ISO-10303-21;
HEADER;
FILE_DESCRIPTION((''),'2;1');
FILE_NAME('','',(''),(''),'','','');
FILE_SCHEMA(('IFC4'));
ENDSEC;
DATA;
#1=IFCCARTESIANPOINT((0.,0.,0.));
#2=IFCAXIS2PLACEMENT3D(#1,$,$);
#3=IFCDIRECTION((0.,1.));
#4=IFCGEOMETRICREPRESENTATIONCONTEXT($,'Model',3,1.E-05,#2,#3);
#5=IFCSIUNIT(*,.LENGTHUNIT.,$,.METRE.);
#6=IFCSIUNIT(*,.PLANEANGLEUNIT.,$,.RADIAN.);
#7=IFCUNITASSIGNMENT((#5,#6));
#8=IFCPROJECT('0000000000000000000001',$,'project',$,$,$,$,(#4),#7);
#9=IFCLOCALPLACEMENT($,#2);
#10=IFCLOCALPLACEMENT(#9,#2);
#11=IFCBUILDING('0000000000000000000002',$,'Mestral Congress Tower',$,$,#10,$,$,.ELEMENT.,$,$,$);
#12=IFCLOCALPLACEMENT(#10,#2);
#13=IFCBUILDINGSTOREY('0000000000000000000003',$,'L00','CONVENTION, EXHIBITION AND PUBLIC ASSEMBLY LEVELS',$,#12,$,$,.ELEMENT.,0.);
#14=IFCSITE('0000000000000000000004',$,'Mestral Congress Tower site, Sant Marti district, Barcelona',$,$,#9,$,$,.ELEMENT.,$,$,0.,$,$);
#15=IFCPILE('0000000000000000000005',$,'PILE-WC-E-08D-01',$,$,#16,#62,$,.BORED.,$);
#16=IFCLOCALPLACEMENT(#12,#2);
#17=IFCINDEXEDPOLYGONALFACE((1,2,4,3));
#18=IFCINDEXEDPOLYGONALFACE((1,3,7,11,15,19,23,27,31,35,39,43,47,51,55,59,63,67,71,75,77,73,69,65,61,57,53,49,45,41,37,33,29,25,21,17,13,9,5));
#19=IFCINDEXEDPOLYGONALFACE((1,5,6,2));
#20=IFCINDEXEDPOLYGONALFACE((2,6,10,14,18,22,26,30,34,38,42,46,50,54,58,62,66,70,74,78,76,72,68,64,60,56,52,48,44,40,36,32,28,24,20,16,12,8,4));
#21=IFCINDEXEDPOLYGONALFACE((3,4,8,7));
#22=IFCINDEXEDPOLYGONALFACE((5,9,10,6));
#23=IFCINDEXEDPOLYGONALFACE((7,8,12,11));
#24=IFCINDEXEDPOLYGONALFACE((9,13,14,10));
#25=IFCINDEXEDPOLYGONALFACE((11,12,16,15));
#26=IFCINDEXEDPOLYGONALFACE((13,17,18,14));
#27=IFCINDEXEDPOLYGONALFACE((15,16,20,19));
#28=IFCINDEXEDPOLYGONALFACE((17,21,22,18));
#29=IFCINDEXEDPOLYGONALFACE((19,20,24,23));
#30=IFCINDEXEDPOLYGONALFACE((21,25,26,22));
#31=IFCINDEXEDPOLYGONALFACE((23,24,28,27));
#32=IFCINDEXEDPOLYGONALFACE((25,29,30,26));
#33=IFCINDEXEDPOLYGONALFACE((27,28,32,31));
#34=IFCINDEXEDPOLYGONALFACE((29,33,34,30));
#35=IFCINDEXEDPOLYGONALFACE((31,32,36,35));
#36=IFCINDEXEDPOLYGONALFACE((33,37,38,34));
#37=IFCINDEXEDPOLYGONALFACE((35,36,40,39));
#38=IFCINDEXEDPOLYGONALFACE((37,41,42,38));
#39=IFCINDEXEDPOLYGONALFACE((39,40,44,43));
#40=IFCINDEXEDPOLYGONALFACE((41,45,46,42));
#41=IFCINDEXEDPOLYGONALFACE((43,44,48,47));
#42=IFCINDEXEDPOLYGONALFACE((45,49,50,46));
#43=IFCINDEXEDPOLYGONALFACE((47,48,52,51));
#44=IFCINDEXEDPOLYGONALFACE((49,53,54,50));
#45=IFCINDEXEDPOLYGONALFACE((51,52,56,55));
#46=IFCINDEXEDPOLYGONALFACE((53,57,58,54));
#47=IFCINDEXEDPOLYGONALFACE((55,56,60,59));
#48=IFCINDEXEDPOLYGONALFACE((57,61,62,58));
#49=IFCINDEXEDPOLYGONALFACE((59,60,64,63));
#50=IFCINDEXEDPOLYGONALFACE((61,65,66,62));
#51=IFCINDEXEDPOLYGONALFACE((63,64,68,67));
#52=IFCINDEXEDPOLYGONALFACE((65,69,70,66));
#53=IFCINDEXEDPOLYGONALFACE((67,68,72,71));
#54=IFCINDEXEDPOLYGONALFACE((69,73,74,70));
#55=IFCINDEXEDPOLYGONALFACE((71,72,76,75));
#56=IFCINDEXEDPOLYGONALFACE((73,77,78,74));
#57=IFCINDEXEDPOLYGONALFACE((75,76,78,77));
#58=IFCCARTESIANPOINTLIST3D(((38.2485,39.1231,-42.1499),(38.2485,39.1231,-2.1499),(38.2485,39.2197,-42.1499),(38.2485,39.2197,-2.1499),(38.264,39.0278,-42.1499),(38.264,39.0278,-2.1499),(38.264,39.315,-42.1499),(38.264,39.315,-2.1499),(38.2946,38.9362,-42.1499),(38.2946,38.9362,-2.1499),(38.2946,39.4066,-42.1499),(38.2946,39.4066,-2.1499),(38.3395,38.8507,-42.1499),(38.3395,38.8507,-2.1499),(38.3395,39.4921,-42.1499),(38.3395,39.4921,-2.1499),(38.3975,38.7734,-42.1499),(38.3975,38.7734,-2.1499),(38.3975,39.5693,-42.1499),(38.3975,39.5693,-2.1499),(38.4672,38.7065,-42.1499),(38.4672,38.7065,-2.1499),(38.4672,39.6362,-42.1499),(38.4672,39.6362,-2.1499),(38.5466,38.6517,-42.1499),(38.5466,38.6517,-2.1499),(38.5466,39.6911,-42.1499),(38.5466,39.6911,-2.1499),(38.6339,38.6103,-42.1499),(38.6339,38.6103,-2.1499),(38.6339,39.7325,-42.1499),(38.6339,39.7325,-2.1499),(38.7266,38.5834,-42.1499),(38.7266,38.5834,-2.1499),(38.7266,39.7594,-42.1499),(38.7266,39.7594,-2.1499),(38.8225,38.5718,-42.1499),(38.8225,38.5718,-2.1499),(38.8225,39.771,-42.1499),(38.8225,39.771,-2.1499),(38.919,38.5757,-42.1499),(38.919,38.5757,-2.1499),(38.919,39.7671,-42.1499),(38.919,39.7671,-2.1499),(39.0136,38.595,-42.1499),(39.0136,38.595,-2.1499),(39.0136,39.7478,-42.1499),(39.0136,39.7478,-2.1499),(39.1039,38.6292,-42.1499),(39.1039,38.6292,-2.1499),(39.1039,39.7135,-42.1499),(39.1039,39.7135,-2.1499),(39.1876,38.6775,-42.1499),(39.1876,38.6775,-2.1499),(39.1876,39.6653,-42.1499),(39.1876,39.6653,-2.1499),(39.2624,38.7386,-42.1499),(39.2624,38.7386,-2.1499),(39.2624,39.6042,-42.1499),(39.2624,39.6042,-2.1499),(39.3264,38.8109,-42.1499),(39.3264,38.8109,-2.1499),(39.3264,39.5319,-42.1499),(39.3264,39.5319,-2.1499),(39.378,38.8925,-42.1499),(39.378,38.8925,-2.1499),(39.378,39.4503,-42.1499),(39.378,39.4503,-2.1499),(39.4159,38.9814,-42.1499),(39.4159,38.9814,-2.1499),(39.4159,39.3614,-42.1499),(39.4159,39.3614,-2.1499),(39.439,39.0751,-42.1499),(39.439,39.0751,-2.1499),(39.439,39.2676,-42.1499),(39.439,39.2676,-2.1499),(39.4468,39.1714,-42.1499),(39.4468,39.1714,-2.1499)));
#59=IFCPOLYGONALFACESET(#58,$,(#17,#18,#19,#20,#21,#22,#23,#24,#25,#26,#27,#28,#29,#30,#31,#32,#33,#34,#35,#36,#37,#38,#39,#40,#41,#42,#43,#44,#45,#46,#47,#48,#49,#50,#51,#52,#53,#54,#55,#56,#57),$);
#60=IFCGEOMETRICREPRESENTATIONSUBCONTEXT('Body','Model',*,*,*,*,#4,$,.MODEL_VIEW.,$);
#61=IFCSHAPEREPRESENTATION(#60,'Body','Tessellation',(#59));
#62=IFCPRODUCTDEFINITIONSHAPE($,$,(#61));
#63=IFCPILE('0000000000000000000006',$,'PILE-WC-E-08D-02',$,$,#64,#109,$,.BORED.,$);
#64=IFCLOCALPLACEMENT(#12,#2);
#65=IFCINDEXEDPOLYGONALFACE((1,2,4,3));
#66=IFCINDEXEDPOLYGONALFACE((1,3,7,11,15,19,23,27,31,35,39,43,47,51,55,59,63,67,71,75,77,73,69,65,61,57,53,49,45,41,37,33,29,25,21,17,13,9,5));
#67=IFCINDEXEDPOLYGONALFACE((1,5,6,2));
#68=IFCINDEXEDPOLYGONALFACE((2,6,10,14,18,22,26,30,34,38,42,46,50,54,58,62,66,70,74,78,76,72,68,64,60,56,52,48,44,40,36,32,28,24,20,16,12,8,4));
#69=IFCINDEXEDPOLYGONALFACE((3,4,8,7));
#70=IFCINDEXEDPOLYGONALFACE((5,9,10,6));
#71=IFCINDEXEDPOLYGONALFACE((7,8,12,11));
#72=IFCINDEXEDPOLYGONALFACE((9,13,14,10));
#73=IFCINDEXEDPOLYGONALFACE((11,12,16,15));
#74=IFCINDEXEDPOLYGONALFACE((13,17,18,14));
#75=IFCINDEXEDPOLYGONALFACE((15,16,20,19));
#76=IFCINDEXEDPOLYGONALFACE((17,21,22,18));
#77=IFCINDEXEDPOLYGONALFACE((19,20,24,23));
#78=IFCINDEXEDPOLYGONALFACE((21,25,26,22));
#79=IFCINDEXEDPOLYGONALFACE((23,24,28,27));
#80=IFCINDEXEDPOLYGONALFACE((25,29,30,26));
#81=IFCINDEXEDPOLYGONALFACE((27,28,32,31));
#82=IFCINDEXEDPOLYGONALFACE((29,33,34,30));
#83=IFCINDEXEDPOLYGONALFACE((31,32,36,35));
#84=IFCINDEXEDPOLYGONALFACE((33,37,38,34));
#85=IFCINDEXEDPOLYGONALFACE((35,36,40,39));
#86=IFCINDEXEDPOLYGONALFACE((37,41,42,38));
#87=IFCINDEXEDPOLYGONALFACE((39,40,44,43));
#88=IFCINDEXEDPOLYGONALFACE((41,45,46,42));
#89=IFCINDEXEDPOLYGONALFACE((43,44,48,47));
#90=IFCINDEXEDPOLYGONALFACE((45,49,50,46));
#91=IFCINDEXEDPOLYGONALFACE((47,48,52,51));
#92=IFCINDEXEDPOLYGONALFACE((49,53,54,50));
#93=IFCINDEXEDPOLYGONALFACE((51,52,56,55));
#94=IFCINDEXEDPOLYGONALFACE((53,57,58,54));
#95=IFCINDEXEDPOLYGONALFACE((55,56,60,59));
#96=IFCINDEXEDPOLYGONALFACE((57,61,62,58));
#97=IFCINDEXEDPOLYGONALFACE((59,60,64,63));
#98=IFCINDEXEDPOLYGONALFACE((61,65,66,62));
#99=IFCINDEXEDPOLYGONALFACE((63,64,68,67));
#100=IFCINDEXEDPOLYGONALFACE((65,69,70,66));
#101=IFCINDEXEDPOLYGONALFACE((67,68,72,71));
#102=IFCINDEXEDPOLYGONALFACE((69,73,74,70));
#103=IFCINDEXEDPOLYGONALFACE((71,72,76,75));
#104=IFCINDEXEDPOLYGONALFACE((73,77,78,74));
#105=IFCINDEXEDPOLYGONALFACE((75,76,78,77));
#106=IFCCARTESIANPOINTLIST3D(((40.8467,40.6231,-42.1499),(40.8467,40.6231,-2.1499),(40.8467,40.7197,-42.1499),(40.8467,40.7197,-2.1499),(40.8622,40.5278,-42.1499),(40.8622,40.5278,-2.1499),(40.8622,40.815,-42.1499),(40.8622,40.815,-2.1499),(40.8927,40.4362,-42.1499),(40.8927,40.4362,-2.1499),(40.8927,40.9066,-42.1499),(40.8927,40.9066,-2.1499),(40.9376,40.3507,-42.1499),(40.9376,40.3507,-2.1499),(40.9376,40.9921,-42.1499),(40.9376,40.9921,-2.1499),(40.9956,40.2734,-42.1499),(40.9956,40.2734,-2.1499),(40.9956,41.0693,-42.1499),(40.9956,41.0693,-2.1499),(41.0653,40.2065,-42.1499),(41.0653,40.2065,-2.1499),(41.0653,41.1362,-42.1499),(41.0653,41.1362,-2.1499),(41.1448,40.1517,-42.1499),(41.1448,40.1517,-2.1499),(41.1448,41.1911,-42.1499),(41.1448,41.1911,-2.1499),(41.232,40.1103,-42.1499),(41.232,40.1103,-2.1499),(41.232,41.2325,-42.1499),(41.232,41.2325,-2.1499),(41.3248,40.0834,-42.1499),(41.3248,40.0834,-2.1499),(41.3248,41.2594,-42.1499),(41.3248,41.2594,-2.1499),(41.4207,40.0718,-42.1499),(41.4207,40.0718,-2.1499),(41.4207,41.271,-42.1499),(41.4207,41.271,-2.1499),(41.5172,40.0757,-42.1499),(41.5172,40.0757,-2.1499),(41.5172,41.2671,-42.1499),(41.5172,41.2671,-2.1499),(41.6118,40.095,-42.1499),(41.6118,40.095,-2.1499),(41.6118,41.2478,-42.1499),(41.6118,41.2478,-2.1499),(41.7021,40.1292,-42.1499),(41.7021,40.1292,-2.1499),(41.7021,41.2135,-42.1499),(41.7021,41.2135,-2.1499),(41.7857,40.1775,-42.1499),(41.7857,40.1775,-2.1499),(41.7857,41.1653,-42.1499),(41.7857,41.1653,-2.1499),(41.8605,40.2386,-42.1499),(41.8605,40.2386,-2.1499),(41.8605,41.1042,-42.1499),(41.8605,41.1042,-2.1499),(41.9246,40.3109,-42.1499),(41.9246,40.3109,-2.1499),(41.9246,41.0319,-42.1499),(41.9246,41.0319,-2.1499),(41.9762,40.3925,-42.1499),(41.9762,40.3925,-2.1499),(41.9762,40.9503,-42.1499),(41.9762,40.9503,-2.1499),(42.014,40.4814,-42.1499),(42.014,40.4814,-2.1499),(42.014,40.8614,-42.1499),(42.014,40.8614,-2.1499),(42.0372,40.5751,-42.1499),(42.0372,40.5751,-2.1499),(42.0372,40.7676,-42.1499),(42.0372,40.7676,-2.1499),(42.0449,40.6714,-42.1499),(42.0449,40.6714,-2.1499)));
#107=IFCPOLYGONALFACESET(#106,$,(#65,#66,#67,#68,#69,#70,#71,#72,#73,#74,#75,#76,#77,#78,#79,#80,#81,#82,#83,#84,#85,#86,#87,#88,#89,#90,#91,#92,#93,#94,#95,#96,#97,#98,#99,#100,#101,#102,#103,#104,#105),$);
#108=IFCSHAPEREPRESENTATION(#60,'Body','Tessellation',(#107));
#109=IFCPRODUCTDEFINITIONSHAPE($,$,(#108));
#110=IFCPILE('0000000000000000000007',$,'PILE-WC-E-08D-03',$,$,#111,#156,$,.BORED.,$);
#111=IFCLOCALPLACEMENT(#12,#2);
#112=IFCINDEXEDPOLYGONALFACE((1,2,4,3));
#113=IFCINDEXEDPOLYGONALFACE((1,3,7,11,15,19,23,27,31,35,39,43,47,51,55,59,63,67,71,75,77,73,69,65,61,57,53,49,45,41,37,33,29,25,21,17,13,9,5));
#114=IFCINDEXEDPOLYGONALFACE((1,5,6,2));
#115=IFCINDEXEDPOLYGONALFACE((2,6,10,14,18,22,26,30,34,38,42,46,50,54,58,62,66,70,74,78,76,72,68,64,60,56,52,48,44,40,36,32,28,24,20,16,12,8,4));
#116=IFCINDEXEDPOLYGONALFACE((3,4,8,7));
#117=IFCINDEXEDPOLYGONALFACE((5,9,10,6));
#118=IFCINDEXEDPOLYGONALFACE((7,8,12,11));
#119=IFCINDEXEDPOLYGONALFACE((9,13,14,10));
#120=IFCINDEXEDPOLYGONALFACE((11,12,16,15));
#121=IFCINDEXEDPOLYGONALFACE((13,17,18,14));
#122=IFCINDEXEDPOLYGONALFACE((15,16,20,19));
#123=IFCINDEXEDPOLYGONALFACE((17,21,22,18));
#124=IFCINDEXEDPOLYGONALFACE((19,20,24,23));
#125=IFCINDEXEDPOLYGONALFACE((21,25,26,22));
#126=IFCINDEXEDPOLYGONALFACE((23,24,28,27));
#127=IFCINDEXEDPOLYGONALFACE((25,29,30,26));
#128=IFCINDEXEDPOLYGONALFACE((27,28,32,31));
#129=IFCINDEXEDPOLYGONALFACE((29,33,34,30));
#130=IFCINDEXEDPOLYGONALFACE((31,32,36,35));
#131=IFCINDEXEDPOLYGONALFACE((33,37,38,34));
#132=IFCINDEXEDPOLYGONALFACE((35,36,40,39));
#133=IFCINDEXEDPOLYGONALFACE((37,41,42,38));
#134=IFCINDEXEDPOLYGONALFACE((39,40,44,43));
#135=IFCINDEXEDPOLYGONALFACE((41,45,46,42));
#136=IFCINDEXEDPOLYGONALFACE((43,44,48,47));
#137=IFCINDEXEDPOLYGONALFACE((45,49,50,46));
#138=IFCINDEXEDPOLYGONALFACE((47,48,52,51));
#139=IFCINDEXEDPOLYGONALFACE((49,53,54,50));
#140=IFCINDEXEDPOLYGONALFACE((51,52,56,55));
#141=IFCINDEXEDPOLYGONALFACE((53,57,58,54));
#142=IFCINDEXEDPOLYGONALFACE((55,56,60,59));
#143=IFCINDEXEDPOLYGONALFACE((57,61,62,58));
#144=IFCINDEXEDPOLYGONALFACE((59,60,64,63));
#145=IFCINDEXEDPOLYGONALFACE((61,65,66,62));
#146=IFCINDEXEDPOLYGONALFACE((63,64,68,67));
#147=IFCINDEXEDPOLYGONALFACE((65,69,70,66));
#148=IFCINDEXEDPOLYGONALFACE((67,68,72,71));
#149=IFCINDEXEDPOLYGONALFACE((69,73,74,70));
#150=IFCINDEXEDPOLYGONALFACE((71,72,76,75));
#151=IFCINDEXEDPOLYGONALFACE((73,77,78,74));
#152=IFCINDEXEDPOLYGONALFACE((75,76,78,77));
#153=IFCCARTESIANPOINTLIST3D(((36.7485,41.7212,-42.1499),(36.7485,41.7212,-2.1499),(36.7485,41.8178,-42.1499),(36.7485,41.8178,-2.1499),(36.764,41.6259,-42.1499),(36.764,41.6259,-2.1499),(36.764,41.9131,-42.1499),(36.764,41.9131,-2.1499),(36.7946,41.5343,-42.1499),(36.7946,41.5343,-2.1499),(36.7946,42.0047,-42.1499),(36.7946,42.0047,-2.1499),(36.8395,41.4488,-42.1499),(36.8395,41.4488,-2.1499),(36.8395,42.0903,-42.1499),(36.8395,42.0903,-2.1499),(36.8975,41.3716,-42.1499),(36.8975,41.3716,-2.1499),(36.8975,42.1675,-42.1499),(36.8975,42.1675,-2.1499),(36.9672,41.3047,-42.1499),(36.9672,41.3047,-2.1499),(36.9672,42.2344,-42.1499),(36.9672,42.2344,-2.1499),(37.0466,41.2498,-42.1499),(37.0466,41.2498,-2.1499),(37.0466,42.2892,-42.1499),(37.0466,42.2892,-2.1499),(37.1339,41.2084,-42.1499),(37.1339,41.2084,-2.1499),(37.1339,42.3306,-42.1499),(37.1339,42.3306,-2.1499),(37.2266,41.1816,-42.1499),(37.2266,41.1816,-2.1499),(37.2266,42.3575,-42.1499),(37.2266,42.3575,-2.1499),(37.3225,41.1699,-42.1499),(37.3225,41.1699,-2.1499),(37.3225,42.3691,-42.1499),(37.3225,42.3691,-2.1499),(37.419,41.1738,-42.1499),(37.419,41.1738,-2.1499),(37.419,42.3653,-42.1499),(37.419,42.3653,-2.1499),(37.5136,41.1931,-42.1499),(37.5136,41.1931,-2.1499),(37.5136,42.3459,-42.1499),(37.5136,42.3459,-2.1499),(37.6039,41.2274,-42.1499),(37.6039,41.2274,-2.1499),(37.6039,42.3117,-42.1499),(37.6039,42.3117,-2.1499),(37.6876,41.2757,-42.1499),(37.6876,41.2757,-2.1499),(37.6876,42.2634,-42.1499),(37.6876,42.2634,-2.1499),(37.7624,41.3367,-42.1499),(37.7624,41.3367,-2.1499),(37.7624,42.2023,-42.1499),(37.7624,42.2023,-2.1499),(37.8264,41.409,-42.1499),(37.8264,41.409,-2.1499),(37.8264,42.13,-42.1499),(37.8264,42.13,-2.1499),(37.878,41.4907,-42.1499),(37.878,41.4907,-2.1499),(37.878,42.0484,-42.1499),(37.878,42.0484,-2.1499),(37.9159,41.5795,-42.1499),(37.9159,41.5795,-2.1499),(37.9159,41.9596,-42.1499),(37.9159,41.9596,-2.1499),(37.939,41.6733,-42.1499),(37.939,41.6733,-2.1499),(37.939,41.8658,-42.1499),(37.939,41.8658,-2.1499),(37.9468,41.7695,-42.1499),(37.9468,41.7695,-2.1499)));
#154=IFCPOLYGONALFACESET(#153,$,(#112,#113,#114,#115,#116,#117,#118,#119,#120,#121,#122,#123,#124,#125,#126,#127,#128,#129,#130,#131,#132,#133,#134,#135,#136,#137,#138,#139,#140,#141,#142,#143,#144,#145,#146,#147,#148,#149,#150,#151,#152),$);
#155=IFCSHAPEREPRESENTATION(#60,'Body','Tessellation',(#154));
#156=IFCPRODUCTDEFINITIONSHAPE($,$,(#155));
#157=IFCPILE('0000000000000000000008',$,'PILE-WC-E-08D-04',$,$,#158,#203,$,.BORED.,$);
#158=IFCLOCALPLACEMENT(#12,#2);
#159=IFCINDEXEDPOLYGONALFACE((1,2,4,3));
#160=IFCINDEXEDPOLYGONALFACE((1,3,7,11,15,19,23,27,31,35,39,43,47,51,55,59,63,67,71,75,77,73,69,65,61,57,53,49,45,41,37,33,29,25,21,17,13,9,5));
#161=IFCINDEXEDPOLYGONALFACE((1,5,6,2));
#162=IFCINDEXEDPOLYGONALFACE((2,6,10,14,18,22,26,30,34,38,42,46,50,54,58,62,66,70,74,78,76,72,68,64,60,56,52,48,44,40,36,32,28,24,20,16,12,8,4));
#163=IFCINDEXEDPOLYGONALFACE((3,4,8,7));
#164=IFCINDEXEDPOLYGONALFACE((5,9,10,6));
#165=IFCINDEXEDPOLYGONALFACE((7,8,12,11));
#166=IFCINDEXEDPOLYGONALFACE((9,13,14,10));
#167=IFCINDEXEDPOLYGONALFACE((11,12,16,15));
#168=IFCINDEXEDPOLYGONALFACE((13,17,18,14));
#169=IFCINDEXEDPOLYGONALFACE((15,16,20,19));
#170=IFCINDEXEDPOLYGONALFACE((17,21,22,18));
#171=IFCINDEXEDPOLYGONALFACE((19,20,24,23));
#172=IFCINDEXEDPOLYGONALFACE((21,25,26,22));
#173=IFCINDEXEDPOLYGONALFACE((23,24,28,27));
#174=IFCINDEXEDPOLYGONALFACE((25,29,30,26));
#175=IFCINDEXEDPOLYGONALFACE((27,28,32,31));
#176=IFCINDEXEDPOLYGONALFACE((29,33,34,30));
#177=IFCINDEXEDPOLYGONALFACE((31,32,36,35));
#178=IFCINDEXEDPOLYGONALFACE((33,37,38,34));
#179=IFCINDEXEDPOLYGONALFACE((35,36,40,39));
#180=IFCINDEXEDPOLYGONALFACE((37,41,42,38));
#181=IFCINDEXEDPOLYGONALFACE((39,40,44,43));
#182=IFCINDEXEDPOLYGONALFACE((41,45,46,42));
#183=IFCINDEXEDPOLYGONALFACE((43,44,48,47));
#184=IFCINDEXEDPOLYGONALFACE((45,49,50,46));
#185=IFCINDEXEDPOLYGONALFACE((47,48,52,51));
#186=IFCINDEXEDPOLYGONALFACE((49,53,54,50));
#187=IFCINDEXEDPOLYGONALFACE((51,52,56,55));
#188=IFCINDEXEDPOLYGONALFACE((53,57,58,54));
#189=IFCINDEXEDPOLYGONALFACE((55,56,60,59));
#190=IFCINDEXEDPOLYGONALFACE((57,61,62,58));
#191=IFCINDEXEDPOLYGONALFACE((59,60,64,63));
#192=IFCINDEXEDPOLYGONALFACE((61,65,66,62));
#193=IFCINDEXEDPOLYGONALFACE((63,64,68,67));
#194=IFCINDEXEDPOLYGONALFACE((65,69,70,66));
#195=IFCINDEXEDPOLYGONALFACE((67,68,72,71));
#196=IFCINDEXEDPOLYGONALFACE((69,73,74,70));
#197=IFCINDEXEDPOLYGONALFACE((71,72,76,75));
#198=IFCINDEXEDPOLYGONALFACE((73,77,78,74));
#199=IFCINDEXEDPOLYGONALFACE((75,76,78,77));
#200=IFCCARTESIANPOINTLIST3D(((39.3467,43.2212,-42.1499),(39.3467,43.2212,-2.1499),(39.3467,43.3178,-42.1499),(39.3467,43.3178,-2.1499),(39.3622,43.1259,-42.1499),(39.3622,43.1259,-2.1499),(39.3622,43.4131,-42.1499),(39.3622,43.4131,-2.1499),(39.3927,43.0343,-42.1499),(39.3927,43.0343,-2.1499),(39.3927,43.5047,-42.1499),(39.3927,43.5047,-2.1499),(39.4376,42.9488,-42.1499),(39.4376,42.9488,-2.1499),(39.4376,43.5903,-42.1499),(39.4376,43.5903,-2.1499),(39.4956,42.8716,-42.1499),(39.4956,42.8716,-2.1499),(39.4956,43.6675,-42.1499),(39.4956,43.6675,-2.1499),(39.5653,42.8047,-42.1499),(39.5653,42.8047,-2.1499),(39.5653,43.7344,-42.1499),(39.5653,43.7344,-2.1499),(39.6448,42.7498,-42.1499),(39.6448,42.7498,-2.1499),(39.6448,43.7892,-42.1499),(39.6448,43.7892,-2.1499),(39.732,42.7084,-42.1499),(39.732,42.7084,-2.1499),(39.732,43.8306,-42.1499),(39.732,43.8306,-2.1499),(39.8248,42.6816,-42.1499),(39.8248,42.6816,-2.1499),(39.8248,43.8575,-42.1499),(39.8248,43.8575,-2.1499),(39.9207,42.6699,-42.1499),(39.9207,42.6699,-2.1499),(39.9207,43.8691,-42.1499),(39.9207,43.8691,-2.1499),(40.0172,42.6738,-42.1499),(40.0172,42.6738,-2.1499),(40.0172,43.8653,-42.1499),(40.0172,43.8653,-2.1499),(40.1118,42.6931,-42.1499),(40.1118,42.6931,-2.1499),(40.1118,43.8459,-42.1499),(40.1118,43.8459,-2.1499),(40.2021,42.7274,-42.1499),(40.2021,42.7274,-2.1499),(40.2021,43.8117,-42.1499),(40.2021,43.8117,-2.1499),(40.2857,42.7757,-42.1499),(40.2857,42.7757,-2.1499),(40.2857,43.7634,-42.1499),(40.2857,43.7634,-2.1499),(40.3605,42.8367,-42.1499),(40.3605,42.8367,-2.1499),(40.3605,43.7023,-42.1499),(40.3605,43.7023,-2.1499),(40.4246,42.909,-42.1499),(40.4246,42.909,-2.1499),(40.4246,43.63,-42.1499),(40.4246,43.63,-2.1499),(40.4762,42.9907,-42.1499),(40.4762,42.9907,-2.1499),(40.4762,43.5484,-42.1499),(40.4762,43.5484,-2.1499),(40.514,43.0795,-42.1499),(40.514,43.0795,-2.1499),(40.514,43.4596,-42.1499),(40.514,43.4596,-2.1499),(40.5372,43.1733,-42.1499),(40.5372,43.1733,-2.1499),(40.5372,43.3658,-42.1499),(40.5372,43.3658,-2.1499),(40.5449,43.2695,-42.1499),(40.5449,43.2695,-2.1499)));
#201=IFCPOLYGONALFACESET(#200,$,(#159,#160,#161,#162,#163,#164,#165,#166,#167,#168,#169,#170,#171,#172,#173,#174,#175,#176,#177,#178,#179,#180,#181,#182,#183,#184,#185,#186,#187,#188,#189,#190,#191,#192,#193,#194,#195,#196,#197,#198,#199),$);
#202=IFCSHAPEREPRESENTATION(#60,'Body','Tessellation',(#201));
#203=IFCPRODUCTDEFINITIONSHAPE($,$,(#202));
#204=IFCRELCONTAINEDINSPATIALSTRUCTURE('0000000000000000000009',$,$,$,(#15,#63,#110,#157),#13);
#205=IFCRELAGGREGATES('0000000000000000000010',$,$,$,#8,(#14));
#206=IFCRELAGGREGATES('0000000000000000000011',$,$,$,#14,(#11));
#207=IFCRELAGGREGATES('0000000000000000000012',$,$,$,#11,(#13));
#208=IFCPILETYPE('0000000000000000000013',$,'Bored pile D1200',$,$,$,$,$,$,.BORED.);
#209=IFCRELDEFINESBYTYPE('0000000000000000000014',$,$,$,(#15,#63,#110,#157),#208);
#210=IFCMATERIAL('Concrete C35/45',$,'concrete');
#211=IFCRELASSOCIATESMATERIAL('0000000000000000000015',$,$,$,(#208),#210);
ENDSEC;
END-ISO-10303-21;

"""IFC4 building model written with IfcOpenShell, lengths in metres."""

from ifc_helpers import new_model, si_unit, direction, frame, origin, origin_2d, place, context, subcontext, project, spatial, circle, extrude, material, material_profile, profile_set, type_object, element, save


model = new_model("IFC4")

# Units and contexts
model_context = context("Model", 3, precision=1e-05, world=origin(), true_north=direction((0.0, 1.0)))
body_context = subcontext(model_context, "Body", "Model", "MODEL_VIEW")
ifc_project = project(units=[si_unit("LENGTHUNIT", "METRE"), si_unit("PLANEANGLEUNIT", "RADIAN")], contexts=[model_context])

# Site, building, storey
site_placement = place(None, origin())
site = spatial("IfcSite", under=ifc_project, at=site_placement, Name="Mestral Congress Tower site, Sant Marti district, Barcelona", CompositionType="ELEMENT", RefElevation=0.0)
building_placement = place(site_placement, origin())
building = spatial("IfcBuilding", under=site, at=building_placement, Name="Mestral Congress Tower", CompositionType="ELEMENT")
storey_placement = place(building_placement, origin())
storey = spatial("IfcBuildingStorey", under=building, at=storey_placement, Name="L00", Description="CONVENTION, EXHIBITION AND PUBLIC ASSEMBLY LEVELS", CompositionType="ELEMENT", Elevation=0.0)

# Piles
ifc_material_1 = material(Name="Concrete C35/45", Category="concrete")
ifc_material_profile_1 = material_profile(ifc_material_1, circle(Radius=0.6001, at=origin_2d()), Name="D1200")
ifc_profile_set_1 = profile_set([ifc_material_profile_1], Name="Concrete C35/45")
pile_type = type_object("IfcPileType", Name="Bored pile D1200", PredefinedType="BORED", material=ifc_profile_set_1)
for number, where, z_axis, x_axis, name in (
    (1, (38.8467, 39.1714, -2.1499), (0.0, 0.0, -1.0), (1.0, 0.0, 0.0), "PILE-WC-E-08D-01"),
    (2, (41.4448, 40.6714, -2.1499), (0.0, 0.0, -1.0), (1.0, 0.0, 0.0), "PILE-WC-E-08D-02"),
    (3, (37.3467, 41.7695, -2.1499), (0.0, 0.0, -1.0), (1.0, 0.0, 0.0), "PILE-WC-E-08D-03"),
    (4, (39.9448, 43.2695, -2.1499), (0.0, 0.0, -1.0), (1.0, 0.0, 0.0), "PILE-WC-E-08D-04"),
):
    element("IfcPile", number, at=place(storey_placement, frame(where, z_axis=z_axis, x_axis=x_axis)), inside=storey, type_object=pile_type, Name=name, PredefinedType="BORED", context=body_context, shape_type="SweptSolid", body=[
        extrude(circle(Radius=0.6001, at=origin_2d()), origin(), (0.0, 0.0, 1.0), 40.0),
    ])

save(model, "model.ifc")
